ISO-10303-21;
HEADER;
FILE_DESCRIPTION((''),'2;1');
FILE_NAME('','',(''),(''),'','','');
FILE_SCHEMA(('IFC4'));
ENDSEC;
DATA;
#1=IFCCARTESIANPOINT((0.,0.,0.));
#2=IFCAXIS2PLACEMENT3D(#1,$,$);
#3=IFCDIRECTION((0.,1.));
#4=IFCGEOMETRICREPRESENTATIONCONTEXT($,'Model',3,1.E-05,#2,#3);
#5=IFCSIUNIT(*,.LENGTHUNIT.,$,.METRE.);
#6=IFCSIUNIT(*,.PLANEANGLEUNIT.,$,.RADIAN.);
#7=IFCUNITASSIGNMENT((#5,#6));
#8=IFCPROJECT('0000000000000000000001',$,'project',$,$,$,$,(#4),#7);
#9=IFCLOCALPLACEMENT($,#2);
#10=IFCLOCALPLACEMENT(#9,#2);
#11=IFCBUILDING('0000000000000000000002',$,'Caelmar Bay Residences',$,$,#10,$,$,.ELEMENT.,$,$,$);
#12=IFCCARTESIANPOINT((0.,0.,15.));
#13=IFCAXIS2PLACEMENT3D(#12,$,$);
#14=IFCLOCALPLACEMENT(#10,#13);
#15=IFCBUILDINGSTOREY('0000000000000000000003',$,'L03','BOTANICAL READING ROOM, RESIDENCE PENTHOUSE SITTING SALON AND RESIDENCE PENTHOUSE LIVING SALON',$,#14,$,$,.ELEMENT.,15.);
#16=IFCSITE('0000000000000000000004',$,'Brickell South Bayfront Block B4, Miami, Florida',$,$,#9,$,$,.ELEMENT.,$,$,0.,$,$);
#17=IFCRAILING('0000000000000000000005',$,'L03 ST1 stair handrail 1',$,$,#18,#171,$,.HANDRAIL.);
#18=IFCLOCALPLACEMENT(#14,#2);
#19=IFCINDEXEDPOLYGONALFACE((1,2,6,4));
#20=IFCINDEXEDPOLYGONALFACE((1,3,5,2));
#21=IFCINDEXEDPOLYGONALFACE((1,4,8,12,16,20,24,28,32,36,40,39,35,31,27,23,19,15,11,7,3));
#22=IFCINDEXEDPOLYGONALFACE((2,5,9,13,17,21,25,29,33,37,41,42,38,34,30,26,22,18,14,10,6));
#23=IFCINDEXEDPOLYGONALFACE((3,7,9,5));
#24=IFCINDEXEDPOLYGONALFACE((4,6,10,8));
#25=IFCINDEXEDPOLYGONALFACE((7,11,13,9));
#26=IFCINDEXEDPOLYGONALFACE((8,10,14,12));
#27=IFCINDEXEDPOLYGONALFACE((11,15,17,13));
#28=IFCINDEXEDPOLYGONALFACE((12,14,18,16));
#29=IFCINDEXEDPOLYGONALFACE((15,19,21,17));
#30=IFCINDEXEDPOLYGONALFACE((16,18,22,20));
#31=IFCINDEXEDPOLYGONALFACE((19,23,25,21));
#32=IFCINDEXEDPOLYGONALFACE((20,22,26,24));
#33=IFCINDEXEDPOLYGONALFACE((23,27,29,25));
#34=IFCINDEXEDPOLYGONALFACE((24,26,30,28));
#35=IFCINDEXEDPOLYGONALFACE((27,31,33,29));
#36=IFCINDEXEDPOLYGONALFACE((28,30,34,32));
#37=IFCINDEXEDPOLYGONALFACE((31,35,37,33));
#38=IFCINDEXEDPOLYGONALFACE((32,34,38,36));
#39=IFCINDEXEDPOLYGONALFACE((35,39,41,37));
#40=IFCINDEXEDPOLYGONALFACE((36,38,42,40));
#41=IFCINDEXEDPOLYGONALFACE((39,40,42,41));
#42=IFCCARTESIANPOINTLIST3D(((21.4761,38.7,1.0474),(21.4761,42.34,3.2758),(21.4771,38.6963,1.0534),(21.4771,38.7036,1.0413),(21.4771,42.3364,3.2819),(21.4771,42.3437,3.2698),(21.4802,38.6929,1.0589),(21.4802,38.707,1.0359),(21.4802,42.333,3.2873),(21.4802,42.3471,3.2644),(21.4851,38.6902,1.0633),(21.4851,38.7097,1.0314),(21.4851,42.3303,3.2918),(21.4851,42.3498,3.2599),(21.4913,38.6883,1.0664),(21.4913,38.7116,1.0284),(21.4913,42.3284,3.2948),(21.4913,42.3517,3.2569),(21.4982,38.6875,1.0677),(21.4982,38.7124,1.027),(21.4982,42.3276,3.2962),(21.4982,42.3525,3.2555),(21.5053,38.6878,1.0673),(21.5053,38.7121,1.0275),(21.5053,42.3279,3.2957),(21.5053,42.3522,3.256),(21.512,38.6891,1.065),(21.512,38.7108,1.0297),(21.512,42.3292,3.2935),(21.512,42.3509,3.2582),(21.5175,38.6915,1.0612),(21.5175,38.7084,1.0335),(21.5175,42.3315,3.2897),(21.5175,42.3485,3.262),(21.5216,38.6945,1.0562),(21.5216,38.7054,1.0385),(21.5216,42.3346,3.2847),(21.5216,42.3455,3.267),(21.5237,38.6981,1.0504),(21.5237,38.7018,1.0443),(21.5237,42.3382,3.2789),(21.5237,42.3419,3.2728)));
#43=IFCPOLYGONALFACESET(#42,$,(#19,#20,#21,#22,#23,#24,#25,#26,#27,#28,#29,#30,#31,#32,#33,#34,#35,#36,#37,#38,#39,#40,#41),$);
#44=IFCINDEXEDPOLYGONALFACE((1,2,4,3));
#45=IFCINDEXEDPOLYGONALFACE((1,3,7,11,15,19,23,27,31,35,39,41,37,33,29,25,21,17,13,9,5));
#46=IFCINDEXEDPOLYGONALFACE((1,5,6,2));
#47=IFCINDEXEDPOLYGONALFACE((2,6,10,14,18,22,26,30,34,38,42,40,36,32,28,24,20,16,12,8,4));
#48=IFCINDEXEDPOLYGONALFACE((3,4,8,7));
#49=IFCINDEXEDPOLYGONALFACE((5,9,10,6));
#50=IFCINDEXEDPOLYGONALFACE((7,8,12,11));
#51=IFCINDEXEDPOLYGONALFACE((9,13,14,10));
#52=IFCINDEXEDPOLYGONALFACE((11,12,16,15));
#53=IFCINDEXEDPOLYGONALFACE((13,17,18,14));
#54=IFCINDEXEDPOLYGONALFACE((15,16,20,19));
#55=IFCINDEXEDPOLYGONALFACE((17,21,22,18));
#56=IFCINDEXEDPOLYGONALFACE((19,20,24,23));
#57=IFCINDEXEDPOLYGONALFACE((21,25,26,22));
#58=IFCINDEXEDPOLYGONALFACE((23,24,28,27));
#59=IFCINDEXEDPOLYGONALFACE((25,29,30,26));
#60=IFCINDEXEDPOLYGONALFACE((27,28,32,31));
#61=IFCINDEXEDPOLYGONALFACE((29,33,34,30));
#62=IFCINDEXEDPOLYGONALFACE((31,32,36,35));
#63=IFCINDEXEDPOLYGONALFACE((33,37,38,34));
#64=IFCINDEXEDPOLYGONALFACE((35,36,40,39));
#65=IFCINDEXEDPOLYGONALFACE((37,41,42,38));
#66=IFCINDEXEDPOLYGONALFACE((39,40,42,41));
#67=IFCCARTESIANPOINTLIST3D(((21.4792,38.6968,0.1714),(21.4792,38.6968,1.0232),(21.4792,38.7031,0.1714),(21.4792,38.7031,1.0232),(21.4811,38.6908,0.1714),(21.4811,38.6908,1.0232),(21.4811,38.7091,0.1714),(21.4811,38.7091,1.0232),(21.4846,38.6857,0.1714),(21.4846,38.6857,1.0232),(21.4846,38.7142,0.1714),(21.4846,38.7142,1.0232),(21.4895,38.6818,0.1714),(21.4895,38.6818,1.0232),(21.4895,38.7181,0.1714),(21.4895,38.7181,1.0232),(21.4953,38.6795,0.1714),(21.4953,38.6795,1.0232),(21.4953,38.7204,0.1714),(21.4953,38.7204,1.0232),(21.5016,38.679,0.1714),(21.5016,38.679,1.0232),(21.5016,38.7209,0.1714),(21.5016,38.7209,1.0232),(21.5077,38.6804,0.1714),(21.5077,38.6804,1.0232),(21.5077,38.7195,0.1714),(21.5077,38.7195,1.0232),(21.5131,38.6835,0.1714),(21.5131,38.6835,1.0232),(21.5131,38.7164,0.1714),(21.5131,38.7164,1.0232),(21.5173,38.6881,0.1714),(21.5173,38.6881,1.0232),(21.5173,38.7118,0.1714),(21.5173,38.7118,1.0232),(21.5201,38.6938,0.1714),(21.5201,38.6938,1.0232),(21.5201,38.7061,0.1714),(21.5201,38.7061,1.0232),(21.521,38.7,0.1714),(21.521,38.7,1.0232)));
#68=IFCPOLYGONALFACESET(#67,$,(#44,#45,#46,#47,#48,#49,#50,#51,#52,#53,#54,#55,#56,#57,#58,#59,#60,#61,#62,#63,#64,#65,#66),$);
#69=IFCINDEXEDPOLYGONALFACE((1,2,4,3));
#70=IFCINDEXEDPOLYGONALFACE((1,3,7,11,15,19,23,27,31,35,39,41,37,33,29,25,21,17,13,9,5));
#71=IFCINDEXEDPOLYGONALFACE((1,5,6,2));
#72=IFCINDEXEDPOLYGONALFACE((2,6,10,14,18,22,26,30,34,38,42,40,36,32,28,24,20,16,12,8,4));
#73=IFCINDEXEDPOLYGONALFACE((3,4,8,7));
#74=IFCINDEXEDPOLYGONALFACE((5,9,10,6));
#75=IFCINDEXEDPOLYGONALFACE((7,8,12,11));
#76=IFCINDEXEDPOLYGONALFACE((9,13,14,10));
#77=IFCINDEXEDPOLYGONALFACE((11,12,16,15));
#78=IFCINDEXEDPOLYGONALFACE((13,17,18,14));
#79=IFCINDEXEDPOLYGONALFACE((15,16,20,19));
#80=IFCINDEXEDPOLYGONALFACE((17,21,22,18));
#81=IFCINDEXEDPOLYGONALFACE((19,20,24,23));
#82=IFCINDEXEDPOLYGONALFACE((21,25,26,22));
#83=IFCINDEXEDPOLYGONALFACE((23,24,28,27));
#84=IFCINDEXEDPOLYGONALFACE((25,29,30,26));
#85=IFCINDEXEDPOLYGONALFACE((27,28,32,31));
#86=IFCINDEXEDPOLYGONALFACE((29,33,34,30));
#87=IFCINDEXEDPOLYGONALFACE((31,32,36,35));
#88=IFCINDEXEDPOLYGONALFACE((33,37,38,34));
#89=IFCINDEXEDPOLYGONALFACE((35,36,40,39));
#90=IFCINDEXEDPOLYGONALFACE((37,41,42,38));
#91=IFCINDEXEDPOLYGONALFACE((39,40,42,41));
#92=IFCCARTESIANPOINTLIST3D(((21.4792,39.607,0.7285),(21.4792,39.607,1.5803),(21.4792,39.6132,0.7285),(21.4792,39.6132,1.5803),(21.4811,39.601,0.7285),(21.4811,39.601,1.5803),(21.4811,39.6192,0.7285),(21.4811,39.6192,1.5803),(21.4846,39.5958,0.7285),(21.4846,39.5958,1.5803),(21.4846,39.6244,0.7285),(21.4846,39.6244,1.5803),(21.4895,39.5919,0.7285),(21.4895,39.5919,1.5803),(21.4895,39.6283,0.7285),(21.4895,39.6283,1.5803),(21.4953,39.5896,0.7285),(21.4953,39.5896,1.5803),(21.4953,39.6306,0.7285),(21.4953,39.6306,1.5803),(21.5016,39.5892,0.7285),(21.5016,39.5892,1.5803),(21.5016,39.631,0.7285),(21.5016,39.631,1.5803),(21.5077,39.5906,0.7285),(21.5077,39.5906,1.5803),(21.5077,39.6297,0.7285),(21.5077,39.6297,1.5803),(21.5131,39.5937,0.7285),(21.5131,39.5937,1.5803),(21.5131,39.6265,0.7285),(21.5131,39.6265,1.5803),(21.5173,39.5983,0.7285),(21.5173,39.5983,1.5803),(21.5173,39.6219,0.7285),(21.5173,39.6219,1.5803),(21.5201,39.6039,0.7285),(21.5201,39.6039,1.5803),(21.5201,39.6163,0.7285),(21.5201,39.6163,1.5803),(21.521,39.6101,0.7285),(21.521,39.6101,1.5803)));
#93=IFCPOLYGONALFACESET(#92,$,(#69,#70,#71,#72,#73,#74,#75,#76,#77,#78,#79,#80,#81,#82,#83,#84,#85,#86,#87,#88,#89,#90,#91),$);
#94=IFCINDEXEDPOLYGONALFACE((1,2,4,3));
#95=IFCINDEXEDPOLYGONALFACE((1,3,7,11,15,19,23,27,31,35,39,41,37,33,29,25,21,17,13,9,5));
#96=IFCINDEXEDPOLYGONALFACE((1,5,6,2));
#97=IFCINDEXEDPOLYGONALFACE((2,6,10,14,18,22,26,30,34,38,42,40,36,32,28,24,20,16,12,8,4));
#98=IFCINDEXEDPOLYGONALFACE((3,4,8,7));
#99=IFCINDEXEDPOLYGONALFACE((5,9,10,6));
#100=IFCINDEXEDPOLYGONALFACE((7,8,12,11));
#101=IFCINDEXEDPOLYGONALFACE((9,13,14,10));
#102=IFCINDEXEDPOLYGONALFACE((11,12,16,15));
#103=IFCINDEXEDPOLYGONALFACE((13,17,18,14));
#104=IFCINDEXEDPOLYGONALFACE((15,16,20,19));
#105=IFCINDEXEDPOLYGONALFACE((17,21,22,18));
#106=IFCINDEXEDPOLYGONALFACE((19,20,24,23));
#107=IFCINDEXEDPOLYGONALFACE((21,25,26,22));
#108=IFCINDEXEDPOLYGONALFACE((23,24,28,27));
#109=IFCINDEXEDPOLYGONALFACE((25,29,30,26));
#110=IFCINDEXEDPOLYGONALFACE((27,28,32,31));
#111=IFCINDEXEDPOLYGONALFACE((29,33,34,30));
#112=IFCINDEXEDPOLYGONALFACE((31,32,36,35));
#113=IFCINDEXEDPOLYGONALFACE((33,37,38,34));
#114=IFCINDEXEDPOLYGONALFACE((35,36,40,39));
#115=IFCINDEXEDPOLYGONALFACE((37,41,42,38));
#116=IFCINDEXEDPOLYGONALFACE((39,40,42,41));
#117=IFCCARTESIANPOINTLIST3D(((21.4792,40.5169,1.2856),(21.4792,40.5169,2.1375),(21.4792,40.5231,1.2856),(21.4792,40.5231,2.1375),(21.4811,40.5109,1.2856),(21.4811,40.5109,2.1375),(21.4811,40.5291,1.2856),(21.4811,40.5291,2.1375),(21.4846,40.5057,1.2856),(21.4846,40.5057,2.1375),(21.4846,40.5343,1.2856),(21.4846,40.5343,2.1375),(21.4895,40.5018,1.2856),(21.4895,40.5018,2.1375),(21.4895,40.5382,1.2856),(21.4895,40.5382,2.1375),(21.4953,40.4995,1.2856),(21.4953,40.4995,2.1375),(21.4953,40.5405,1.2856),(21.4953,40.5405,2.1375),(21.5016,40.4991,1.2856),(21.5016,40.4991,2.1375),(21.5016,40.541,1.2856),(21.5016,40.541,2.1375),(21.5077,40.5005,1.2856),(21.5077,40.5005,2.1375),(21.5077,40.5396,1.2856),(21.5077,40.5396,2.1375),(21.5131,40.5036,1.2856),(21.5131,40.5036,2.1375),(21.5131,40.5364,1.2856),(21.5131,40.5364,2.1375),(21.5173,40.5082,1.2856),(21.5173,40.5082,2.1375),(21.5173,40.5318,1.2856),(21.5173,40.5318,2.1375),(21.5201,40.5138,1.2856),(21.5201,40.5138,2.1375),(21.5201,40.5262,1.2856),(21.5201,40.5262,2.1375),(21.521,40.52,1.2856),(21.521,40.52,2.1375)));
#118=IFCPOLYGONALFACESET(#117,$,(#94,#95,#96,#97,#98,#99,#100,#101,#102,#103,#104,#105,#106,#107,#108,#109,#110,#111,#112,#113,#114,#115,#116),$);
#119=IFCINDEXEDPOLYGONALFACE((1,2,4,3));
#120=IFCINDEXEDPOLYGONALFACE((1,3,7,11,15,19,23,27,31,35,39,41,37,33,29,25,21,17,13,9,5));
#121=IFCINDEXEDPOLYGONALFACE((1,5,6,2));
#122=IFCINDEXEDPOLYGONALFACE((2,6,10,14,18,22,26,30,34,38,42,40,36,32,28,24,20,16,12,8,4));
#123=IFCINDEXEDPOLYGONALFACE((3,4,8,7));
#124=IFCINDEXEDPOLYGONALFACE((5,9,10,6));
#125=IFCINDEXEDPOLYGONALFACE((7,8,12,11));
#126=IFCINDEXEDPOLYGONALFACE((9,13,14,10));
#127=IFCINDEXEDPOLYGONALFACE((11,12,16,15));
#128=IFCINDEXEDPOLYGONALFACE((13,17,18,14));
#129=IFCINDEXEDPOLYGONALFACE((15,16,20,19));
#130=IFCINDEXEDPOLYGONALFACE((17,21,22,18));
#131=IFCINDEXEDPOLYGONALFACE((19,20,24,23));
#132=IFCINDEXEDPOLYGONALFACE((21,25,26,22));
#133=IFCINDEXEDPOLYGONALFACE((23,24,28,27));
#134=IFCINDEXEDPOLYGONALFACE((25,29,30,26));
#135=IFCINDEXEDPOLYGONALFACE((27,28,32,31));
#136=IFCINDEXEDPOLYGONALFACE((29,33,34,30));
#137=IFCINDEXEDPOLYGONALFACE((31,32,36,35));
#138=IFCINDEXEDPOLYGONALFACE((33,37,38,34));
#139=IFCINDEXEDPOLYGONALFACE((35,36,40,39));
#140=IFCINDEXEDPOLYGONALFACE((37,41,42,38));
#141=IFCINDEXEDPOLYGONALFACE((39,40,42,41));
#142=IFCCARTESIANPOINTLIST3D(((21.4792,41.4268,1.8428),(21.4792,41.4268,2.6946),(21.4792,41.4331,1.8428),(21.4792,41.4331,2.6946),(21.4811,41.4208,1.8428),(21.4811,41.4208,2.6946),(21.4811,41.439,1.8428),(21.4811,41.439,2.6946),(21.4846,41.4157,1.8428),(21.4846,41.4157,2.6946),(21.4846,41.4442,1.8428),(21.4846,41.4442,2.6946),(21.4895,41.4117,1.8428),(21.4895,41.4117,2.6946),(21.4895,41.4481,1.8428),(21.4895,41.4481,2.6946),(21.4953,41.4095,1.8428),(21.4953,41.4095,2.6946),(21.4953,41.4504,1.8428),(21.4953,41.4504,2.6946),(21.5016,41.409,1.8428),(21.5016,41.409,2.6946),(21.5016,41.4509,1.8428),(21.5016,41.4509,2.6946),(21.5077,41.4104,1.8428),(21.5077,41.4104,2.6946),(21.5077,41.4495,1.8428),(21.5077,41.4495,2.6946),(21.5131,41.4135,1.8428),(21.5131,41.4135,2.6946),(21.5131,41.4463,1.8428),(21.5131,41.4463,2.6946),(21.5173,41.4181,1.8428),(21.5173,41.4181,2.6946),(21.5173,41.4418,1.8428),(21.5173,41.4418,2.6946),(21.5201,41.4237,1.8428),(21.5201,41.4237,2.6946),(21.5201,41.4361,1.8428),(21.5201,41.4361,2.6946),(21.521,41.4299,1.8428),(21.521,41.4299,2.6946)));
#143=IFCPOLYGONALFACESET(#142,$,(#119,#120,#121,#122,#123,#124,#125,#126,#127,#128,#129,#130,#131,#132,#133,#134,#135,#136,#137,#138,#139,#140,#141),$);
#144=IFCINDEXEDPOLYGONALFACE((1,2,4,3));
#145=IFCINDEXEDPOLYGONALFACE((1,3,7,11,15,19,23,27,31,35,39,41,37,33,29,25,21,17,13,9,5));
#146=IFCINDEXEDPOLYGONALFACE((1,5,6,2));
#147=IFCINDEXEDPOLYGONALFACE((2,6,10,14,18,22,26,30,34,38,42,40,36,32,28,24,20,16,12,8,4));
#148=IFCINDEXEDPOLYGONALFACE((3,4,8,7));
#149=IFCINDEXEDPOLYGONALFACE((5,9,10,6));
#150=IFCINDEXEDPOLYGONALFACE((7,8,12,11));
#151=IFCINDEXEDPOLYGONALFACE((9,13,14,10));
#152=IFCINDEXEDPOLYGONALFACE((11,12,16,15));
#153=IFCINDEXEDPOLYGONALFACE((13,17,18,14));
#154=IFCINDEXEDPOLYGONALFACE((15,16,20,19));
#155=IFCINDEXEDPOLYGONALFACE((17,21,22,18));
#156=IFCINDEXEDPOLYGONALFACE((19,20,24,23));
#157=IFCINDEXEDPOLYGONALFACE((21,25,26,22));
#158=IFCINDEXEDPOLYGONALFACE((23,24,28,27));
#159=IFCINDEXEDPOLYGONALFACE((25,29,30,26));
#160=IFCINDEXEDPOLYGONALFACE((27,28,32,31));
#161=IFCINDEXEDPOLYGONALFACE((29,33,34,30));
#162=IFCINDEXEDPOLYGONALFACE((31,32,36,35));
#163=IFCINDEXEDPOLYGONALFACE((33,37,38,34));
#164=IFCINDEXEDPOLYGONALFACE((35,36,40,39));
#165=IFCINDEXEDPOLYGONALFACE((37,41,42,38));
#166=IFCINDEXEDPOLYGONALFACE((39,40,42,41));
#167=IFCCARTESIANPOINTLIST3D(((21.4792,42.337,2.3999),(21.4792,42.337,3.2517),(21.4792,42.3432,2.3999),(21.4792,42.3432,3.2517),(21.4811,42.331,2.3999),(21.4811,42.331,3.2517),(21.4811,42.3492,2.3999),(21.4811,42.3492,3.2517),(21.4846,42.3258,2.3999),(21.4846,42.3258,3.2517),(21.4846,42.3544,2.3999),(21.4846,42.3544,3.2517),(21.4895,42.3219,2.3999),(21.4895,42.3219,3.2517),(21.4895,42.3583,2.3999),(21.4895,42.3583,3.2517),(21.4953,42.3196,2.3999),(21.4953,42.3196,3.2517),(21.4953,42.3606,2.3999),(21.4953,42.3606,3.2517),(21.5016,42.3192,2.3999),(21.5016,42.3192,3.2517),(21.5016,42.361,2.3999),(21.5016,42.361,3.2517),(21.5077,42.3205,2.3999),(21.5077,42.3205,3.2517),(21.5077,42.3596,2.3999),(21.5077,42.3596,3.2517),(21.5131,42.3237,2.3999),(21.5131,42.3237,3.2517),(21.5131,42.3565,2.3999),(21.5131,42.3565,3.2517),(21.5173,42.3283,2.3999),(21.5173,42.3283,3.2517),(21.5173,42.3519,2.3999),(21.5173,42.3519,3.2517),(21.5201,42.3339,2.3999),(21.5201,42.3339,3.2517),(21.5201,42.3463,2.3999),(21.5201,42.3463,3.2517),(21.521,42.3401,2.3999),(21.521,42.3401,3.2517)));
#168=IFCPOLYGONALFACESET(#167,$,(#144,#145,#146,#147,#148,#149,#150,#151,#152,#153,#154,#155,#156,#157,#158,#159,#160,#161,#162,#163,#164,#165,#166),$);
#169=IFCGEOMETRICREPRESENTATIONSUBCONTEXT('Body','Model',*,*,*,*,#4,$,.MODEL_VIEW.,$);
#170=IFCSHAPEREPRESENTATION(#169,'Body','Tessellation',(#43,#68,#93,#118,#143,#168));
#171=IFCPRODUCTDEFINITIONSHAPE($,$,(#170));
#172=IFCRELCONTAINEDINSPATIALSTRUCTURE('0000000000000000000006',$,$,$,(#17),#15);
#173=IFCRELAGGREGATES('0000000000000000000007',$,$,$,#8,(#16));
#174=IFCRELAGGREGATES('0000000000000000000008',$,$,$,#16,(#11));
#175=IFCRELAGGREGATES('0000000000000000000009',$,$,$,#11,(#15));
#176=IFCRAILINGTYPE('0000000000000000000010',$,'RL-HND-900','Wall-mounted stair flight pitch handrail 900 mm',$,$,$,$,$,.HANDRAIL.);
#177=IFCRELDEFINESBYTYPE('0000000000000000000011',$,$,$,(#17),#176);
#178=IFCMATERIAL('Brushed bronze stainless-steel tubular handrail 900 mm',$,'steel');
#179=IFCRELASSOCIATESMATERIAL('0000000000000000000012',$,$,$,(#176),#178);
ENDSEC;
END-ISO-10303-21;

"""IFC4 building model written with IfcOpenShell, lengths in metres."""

from ifc_helpers import new_model, si_unit, direction, frame, origin, origin_2d, place, context, subcontext, project, spatial, circle, extrude, material, type_object, element, save


model = new_model("IFC4")

# Units and contexts
model_context = context("Model", 3, precision=1e-05, world=origin(), true_north=direction((0.0, 1.0)))
body_context = subcontext(model_context, "Body", "Model", "MODEL_VIEW")
ifc_project = project(units=[si_unit("LENGTHUNIT", "METRE"), si_unit("PLANEANGLEUNIT", "RADIAN")], contexts=[model_context])

# Site, building, storey
site_placement = place(None, origin())
site = spatial("IfcSite", under=ifc_project, at=site_placement, Name="Brickell South Bayfront Block B4, Miami, Florida", CompositionType="ELEMENT", RefElevation=0.0)
building_placement = place(site_placement, origin())
building = spatial("IfcBuilding", under=site, at=building_placement, Name="Caelmar Bay Residences", CompositionType="ELEMENT")
storey_placement = place(building_placement, frame((0.0, 0.0, 15.0)))
storey = spatial("IfcBuildingStorey", under=building, at=storey_placement, Name="L03", Description="BOTANICAL READING ROOM, RESIDENCE PENTHOUSE SITTING SALON AND RESIDENCE PENTHOUSE LIVING SALON", CompositionType="ELEMENT", Elevation=15.0)

# Railing
ifc_material_1 = material(Name="Brushed bronze stainless-steel tubular handrail 900 mm", Category="steel")
railing_type_1 = type_object("IfcRailingType", Name="RL-HND-900", Description="Wall-mounted stair flight pitch handrail 900 mm", PredefinedType="HANDRAIL", material=ifc_material_1)
railing_1_placement = place(storey_placement, frame((21.5, 38.7, 0.1714)))
element("IfcRailing", 1, at=railing_1_placement, inside=storey, type_object=railing_type_1, Name="L03 ST1 stair handrail 1", PredefinedType="HANDRAIL", context=body_context, shape_type="SweptSolid", body=[
    extrude(circle(Radius=0.0239, at=origin_2d()), frame((0.0, 0.0, 0.876), z_axis=(0.0, 0.852866, 0.52213), x_axis=(-1.0, 0.0, 0.0)), (0.0, 0.0, 1.0), 4.2681),
    extrude(circle(Radius=0.021, at=origin_2d()), origin(), (0.0, 0.0, 1.0), 0.8518),
    extrude(circle(Radius=0.021, at=origin_2d()), frame((0.0, 0.9102, 0.5571)), (0.0, 0.0, 1.0), 0.8518),
    extrude(circle(Radius=0.021, at=origin_2d()), frame((0.0, 1.8201, 1.1143)), (0.0, 0.0, 1.0), 0.8518),
    extrude(circle(Radius=0.021, at=origin_2d()), frame((0.0, 2.73, 1.6714)), (0.0, 0.0, 1.0), 0.8518),
    extrude(circle(Radius=0.021, at=origin_2d()), frame((0.0, 3.6401, 2.2285)), (0.0, 0.0, 1.0), 0.8518),
])

save(model, "model.ifc")
